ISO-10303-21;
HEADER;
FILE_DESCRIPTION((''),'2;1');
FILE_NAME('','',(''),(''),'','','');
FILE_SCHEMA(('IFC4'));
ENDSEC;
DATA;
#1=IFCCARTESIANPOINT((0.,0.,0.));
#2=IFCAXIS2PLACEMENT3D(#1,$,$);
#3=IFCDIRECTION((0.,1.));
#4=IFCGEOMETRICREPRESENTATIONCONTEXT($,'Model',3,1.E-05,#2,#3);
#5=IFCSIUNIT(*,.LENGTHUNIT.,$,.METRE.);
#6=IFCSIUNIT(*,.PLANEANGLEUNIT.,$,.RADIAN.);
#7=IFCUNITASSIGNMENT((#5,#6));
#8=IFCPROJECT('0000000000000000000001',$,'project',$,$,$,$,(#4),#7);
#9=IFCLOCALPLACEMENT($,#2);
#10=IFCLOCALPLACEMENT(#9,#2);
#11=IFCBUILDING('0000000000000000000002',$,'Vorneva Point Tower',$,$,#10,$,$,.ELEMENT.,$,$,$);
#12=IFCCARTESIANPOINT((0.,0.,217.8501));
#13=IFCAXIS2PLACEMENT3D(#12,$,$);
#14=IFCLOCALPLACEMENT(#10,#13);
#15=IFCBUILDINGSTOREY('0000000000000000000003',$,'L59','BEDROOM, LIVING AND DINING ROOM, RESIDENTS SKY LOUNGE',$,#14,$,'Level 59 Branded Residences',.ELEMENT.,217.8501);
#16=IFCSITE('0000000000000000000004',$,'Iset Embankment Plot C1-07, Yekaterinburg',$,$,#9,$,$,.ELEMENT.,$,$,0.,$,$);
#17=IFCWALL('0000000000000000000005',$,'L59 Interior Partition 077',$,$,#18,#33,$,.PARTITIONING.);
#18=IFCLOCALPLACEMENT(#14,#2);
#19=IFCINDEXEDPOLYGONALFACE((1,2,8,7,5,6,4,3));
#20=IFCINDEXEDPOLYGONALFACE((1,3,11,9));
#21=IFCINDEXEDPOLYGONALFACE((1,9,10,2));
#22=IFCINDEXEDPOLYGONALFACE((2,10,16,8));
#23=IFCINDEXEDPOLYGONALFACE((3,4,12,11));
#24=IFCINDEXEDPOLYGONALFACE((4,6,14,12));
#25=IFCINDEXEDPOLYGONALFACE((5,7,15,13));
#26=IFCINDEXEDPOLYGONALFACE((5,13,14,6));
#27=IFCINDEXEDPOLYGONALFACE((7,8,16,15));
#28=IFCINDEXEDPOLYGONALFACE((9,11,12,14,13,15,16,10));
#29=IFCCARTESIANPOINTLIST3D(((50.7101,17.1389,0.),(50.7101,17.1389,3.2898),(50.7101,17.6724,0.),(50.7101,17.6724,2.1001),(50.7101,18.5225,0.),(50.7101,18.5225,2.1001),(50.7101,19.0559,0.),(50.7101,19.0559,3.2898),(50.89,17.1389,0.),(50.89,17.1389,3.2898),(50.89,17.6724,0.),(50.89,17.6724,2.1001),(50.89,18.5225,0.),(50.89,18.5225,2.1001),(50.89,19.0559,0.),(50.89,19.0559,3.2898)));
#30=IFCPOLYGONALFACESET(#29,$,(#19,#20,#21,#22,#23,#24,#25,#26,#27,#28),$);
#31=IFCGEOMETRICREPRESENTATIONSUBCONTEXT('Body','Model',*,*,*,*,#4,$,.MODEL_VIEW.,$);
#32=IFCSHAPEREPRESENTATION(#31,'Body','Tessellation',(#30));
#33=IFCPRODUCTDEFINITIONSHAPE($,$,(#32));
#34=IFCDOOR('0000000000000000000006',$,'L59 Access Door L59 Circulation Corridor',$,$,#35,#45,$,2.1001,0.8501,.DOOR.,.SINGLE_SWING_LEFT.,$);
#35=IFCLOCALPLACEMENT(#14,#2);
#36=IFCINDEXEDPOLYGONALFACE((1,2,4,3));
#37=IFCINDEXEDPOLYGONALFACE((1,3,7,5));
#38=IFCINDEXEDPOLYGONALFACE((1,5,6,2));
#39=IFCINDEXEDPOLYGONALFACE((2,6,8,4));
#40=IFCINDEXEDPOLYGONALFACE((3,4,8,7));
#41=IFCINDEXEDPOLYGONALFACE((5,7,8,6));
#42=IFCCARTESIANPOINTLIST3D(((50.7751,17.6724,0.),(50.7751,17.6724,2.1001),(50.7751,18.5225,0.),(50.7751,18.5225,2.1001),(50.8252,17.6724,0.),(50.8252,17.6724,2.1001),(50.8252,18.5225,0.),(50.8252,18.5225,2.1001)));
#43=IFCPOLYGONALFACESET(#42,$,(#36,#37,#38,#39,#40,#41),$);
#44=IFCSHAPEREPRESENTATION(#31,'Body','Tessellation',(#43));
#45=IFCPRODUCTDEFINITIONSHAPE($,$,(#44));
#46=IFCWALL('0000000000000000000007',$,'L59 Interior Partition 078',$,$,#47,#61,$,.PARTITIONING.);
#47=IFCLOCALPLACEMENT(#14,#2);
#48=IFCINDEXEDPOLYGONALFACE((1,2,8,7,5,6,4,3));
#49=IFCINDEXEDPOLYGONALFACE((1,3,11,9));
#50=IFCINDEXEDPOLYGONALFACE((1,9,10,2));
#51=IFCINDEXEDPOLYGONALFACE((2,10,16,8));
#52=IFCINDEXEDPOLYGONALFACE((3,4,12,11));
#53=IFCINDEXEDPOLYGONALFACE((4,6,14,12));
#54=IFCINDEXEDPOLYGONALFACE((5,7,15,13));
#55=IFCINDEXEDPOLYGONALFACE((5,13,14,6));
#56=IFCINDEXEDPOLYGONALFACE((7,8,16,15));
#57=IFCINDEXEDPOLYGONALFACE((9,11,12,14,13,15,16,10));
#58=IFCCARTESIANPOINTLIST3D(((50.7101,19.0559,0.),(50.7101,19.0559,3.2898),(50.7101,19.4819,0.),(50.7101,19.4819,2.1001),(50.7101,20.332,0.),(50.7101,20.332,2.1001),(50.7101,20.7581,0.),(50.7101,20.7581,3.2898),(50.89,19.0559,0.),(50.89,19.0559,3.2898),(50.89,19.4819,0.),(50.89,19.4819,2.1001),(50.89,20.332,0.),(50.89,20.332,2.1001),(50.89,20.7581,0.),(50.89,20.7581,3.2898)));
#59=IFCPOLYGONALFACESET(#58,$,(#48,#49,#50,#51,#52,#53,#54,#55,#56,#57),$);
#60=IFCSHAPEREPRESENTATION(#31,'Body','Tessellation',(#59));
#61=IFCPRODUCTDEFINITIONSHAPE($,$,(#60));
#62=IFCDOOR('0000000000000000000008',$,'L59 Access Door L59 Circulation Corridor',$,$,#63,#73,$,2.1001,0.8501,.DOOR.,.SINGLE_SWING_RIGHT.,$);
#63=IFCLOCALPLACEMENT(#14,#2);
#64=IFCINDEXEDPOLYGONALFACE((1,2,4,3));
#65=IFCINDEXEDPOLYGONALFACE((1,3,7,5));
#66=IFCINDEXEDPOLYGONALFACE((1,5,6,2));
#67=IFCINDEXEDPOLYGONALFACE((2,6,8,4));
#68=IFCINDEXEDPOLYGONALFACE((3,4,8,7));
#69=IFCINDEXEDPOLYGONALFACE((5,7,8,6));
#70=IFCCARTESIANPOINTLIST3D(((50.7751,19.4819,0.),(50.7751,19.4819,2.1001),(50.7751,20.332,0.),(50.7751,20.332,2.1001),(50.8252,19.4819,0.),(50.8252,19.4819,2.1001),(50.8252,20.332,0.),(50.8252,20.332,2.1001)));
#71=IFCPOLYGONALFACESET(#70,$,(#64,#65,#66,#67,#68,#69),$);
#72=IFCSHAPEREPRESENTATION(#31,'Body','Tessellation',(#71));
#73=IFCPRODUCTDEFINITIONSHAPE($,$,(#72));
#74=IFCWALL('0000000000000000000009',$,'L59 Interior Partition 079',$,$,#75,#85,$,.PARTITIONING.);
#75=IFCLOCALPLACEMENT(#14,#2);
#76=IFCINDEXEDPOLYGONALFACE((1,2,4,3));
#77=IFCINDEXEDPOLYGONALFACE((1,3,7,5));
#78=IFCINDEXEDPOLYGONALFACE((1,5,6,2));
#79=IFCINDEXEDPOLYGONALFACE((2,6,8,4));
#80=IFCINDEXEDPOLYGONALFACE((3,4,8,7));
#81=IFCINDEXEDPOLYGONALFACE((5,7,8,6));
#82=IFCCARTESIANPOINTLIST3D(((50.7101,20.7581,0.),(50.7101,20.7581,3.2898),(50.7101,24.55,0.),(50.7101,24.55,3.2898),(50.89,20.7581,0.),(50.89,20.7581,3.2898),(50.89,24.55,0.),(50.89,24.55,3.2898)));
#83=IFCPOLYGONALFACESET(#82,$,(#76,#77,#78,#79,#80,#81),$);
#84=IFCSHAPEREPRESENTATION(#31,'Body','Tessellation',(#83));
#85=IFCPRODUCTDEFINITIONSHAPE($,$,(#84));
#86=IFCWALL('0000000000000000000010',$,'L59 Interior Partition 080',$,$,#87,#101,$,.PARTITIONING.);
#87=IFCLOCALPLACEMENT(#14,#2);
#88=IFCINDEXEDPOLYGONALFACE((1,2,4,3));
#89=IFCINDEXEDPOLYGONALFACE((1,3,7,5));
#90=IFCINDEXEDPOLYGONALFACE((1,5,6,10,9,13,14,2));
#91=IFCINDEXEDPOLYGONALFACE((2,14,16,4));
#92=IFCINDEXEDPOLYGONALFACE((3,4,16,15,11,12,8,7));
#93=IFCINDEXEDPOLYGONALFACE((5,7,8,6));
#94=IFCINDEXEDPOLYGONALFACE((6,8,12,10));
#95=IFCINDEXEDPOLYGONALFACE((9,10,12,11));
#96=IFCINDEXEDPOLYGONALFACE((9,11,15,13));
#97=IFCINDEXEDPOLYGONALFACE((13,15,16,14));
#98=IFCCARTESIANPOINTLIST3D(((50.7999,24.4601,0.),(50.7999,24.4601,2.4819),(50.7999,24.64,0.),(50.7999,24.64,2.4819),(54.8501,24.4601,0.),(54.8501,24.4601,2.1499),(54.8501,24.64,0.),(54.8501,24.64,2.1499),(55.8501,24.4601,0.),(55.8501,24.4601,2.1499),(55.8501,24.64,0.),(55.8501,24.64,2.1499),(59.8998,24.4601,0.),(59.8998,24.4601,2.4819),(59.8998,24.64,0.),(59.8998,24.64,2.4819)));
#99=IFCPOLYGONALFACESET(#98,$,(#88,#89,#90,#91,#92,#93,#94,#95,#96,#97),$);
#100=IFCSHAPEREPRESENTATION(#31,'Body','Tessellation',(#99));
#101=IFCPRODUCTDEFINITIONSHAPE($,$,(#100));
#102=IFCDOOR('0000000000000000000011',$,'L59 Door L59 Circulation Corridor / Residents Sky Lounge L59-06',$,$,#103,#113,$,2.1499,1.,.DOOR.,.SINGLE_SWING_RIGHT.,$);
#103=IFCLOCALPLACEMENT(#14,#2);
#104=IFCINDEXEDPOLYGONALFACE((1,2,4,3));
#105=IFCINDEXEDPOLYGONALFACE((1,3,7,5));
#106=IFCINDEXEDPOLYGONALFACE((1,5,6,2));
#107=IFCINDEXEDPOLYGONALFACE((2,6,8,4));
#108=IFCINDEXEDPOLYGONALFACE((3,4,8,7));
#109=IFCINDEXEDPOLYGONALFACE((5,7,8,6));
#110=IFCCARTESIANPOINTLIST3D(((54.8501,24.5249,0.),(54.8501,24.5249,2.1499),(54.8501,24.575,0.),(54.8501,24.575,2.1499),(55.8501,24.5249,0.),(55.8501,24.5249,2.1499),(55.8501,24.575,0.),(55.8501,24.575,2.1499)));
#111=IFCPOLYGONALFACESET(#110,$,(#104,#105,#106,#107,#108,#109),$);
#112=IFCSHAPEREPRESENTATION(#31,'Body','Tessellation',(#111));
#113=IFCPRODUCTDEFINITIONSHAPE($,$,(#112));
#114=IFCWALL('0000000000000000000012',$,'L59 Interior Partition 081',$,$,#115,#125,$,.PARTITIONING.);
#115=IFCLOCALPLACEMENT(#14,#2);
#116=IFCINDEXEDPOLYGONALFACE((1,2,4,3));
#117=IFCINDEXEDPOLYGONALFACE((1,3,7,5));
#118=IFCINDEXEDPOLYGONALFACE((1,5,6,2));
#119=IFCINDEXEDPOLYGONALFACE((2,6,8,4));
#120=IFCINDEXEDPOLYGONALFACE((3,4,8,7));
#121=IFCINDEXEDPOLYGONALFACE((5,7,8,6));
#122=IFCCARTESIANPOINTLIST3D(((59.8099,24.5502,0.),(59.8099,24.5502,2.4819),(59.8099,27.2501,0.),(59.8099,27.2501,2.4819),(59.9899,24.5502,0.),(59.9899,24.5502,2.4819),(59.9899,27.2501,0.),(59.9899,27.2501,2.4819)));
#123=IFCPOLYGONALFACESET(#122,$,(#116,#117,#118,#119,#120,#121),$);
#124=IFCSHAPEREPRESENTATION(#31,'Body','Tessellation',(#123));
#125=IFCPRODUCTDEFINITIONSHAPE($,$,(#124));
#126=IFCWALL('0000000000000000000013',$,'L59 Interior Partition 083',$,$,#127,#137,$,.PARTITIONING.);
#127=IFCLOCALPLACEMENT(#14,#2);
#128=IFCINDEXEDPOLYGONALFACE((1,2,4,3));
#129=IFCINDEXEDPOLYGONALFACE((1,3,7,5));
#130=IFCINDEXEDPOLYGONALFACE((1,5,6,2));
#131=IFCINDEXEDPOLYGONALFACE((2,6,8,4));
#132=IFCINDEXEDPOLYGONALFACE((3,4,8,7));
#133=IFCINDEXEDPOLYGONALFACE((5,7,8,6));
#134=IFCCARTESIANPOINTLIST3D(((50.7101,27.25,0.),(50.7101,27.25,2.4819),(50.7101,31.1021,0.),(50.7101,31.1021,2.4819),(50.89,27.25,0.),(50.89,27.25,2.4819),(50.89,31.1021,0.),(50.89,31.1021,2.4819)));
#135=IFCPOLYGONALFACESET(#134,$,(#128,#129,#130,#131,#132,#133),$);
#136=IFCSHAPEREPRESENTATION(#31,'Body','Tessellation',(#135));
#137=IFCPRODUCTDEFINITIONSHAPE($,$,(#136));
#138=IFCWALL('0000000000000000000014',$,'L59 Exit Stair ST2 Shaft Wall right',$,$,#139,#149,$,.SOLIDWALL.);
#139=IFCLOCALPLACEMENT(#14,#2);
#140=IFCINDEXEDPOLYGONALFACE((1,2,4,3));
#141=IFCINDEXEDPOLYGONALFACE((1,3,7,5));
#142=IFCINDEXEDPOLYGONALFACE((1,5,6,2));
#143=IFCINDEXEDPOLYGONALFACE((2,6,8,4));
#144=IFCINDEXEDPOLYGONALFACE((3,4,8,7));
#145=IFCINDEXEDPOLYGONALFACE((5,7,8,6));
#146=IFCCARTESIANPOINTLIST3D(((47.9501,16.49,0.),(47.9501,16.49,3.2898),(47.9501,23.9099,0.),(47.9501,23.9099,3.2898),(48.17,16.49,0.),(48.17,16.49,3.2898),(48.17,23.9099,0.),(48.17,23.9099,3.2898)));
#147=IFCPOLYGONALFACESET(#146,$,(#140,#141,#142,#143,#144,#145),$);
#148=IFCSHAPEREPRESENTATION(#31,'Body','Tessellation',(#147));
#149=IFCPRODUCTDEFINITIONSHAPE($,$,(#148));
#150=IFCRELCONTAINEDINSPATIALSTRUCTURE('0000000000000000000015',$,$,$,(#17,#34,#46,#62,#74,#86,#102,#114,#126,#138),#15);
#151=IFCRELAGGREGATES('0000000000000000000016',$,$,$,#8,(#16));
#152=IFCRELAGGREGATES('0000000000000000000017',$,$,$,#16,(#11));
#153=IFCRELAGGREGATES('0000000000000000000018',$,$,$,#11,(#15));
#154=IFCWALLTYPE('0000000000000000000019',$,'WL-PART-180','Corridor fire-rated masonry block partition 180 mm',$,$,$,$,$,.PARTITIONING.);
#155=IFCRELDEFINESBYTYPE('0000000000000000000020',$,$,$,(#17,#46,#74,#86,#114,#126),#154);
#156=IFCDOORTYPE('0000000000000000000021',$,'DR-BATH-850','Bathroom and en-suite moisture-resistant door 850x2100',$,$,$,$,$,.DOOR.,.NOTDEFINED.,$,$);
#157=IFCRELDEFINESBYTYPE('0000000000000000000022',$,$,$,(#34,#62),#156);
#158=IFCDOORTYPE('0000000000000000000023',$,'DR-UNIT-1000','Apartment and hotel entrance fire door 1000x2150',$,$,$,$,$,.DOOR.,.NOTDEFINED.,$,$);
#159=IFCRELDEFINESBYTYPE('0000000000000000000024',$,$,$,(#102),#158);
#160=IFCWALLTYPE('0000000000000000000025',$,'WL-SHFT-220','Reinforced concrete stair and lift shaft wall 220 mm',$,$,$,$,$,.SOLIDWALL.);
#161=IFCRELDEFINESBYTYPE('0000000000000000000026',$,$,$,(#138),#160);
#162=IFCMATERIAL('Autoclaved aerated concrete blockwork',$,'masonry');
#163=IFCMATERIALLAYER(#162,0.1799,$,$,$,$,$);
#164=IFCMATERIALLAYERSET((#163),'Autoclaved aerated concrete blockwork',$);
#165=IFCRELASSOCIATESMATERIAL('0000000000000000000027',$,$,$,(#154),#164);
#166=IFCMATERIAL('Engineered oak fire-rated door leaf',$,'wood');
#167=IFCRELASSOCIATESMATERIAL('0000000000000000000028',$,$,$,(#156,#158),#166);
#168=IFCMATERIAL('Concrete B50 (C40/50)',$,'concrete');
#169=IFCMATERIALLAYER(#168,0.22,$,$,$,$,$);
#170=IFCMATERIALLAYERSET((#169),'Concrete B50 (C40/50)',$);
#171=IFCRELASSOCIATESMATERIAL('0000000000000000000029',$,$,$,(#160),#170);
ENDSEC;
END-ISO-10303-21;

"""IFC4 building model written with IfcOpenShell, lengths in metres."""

from ifc_helpers import new_model, si_unit, direction, frame, frame_2d, origin, place, context, subcontext, project, spatial, rectangle, extrude, material, layer, layer_set, type_object, element, fill, save


model = new_model("IFC4")

# Units and contexts
model_context = context("Model", 3, precision=1e-05, world=origin(), true_north=direction((0.0, 1.0)))
body_context = subcontext(model_context, "Body", "Model", "MODEL_VIEW")
ifc_project = project(units=[si_unit("LENGTHUNIT", "METRE"), si_unit("PLANEANGLEUNIT", "RADIAN")], contexts=[model_context])

# Site, building, storey
site_placement = place(None, origin())
site = spatial("IfcSite", under=ifc_project, at=site_placement, Name="Iset Embankment Plot C1-07, Yekaterinburg", CompositionType="ELEMENT", RefElevation=0.0)
building_placement = place(site_placement, origin())
building = spatial("IfcBuilding", under=site, at=building_placement, Name="Vorneva Point Tower", CompositionType="ELEMENT")
storey_placement = place(building_placement, frame((0.0, 0.0, 217.8501)))
storey = spatial("IfcBuildingStorey", under=building, at=storey_placement, Name="L59", Description="BEDROOM, LIVING AND DINING ROOM, RESIDENTS SKY LOUNGE", LongName="Level 59 Branded Residences", CompositionType="ELEMENT", Elevation=217.8501)

# Shared definitions
ifc_material_1 = material(Name="Concrete B50 (C40/50)", Category="concrete")

# Walls, openings, doors
ifc_material_2 = material(Name="Autoclaved aerated concrete blockwork", Category="masonry")
ifc_layer_1 = layer(ifc_material_2, 0.1799)
ifc_layer_set_1 = layer_set([ifc_layer_1], Name="Autoclaved aerated concrete blockwork")
wall_type_1 = type_object("IfcWallType", Name="WL-PART-180", Description="Corridor fire-rated masonry block partition 180 mm", PredefinedType="PARTITIONING", material=ifc_layer_set_1)
wall_1_placement = place(storey_placement, frame((50.8, 17.1389, 0.0), z_axis=(0.0, 0.0, 1.0), x_axis=(0.0, 1.0, 0.0)))
wall_1 = element("IfcWall", 1, at=wall_1_placement, inside=storey, type_object=wall_type_1, Name="L59 Interior Partition 077", PredefinedType="PARTITIONING", context=body_context, shape_type="SweptSolid", body=[
    extrude(rectangle(XDim=1.917, YDim=0.1799, at=frame_2d((0.9585, 0.0))), origin(), (0.0, 0.0, 1.0), 3.2898),
])
opening_1_placement = place(wall_1_placement, frame((0.5334, 0.0, 0.0)))
opening_1 = element("IfcOpeningElement", 2, at=opening_1_placement, cuts=wall_1, PredefinedType="OPENING", context=body_context, shape_type="SweptSolid", body=[
    extrude(rectangle(XDim=0.8501, YDim=2.1001, at=frame_2d((0.425, 1.05))), frame((0.0, 0.105, 0.0), z_axis=(0.0, -1.0, 0.0), x_axis=(1.0, 0.0, 0.0)), (0.0, 0.0, 1.0), 0.2097),
])
ifc_material_3 = material(Name="Engineered oak fire-rated door leaf", Category="wood")
door_type_1 = type_object("IfcDoorType", Name="DR-BATH-850", Description="Bathroom and en-suite moisture-resistant door 850x2100", OperationType="NOTDEFINED", PredefinedType="DOOR", material=ifc_material_3)
door_1_placement = place(opening_1_placement, origin())
door_1 = element("IfcDoor", 3, at=door_1_placement, inside=storey, type_object=door_type_1, Name="L59 Access Door L59 Circulation Corridor", OperationType="SINGLE_SWING_LEFT", OverallHeight=2.1001, OverallWidth=0.8501, PredefinedType="DOOR", context=body_context, shape_type="SweptSolid", body=[
    extrude(rectangle(XDim=0.8501, YDim=2.1001, at=frame_2d((0.425, 1.05))), frame((0.0, 0.0249, 0.0), z_axis=(0.0, -1.0, 0.0), x_axis=(1.0, 0.0, 0.0)), (0.0, 0.0, 1.0), 0.05),
])
fill(opening_1, door_1)
wall_2_placement = place(storey_placement, frame((50.8, 19.0559, 0.0), z_axis=(0.0, 0.0, 1.0), x_axis=(0.0, 1.0, 0.0)))
wall_2 = element("IfcWall", 4, at=wall_2_placement, inside=storey, type_object=wall_type_1, Name="L59 Interior Partition 078", PredefinedType="PARTITIONING", context=body_context, shape_type="SweptSolid", body=[
    extrude(rectangle(XDim=1.7021, YDim=0.1799, at=frame_2d((0.8511, 0.0))), origin(), (0.0, 0.0, 1.0), 3.2898),
])
opening_2_placement = place(wall_2_placement, frame((0.426, 0.0, 0.0)))
opening_2 = element("IfcOpeningElement", 5, at=opening_2_placement, cuts=wall_2, PredefinedType="OPENING", context=body_context, shape_type="SweptSolid", body=[
    extrude(rectangle(XDim=0.8501, YDim=2.1001, at=frame_2d((0.425, 1.05))), frame((0.0, 0.105, 0.0), z_axis=(0.0, -1.0, 0.0), x_axis=(1.0, 0.0, 0.0)), (0.0, 0.0, 1.0), 0.2097),
])
door_2_placement = place(opening_2_placement, origin())
door_2 = element("IfcDoor", 6, at=door_2_placement, inside=storey, type_object=door_type_1, Name="L59 Access Door L59 Circulation Corridor", OperationType="SINGLE_SWING_RIGHT", OverallHeight=2.1001, OverallWidth=0.8501, PredefinedType="DOOR", context=body_context, shape_type="SweptSolid", body=[
    extrude(rectangle(XDim=0.8501, YDim=2.1001, at=frame_2d((0.425, 1.05))), frame((0.0, 0.0249, 0.0), z_axis=(0.0, -1.0, 0.0), x_axis=(1.0, 0.0, 0.0)), (0.0, 0.0, 1.0), 0.05),
])
fill(opening_2, door_2)

# Wall
wall_3_placement = place(storey_placement, frame((50.8, 20.7581, 0.0), z_axis=(0.0, 0.0, 1.0), x_axis=(0.0, 1.0, 0.0)))
element("IfcWall", 7, at=wall_3_placement, inside=storey, type_object=wall_type_1, Name="L59 Interior Partition 079", PredefinedType="PARTITIONING", context=body_context, shape_type="SweptSolid", body=[
    extrude(rectangle(XDim=3.792, YDim=0.1799, at=frame_2d((1.896, 0.0))), origin(), (0.0, 0.0, 1.0), 3.2898),
])

# Wall, opening, door
wall_4_placement = place(storey_placement, frame((50.8, 24.55, 0.0), z_axis=(0.0, 0.0, 1.0), x_axis=(1.0, 0.0, 0.0)))
wall_4 = element("IfcWall", 8, at=wall_4_placement, inside=storey, type_object=wall_type_1, Name="L59 Interior Partition 080", PredefinedType="PARTITIONING", context=body_context, shape_type="SweptSolid", body=[
    extrude(rectangle(XDim=9.0999, YDim=0.1799, at=frame_2d((4.5498, 0.0))), origin(), (0.0, 0.0, 1.0), 2.4819),
])
opening_3_placement = place(wall_4_placement, frame((4.05, 0.0, 0.0)))
opening_3 = element("IfcOpeningElement", 9, at=opening_3_placement, cuts=wall_4, PredefinedType="OPENING", context=body_context, shape_type="SweptSolid", body=[
    extrude(rectangle(XDim=1.0, YDim=2.1499, at=frame_2d((0.5, 1.075))), frame((0.0, 0.105, 0.0), z_axis=(0.0, -1.0, 0.0), x_axis=(1.0, 0.0, 0.0)), (0.0, 0.0, 1.0), 0.2097),
])
door_type_2 = type_object("IfcDoorType", Name="DR-UNIT-1000", Description="Apartment and hotel entrance fire door 1000x2150", OperationType="NOTDEFINED", PredefinedType="DOOR", material=ifc_material_3)
door_3_placement = place(opening_3_placement, origin())
door_3 = element("IfcDoor", 10, at=door_3_placement, inside=storey, type_object=door_type_2, Name="L59 Door L59 Circulation Corridor / Residents Sky Lounge L59-06", OperationType="SINGLE_SWING_RIGHT", OverallHeight=2.1499, OverallWidth=1.0, PredefinedType="DOOR", context=body_context, shape_type="SweptSolid", body=[
    extrude(rectangle(XDim=1.0, YDim=2.1499, at=frame_2d((0.5, 1.075))), frame((0.0, 0.0249, 0.0), z_axis=(0.0, -1.0, 0.0), x_axis=(1.0, 0.0, 0.0)), (0.0, 0.0, 1.0), 0.05),
])
fill(opening_3, door_3)

# Walls
wall_5_placement = place(storey_placement, frame((59.8999, 24.55, 0.0), z_axis=(0.0, 0.0, 1.0), x_axis=(0.0, 1.0, 0.0)))
element("IfcWall", 11, at=wall_5_placement, inside=storey, type_object=wall_type_1, Name="L59 Interior Partition 081", PredefinedType="PARTITIONING", context=body_context, shape_type="SweptSolid", body=[
    extrude(rectangle(XDim=2.7, YDim=0.1799, at=frame_2d((1.3501, 0.0))), origin(), (0.0, 0.0, 1.0), 2.4819),
])
wall_6_placement = place(storey_placement, frame((50.8, 27.25, 0.0), z_axis=(0.0, 0.0, 1.0), x_axis=(0.0, 1.0, 0.0)))
element("IfcWall", 12, at=wall_6_placement, inside=storey, type_object=wall_type_1, Name="L59 Interior Partition 083", PredefinedType="PARTITIONING", context=body_context, shape_type="SweptSolid", body=[
    extrude(rectangle(XDim=3.8521, YDim=0.1799, at=frame_2d((1.926, 0.0))), origin(), (0.0, 0.0, 1.0), 2.4819),
])
ifc_layer_2 = layer(ifc_material_1, 0.22)
ifc_layer_set_2 = layer_set([ifc_layer_2], Name="Concrete B50 (C40/50)")
wall_type_2 = type_object("IfcWallType", Name="WL-SHFT-220", Description="Reinforced concrete stair and lift shaft wall 220 mm", PredefinedType="SOLIDWALL", material=ifc_layer_set_2)
wall_7_placement = place(storey_placement, frame((48.0601, 23.9099, 0.0), z_axis=(0.0, 0.0, 1.0), x_axis=(0.0, -1.0, 0.0)))
element("IfcWall", 13, at=wall_7_placement, inside=storey, type_object=wall_type_2, Name="L59 Exit Stair ST2 Shaft Wall right", PredefinedType="SOLIDWALL", context=body_context, shape_type="SweptSolid", body=[
    extrude(rectangle(XDim=7.4199, YDim=0.22, at=frame_2d((3.71, 0.0))), origin(), (0.0, 0.0, 1.0), 3.2898),
])

save(model, "model.ifc")
